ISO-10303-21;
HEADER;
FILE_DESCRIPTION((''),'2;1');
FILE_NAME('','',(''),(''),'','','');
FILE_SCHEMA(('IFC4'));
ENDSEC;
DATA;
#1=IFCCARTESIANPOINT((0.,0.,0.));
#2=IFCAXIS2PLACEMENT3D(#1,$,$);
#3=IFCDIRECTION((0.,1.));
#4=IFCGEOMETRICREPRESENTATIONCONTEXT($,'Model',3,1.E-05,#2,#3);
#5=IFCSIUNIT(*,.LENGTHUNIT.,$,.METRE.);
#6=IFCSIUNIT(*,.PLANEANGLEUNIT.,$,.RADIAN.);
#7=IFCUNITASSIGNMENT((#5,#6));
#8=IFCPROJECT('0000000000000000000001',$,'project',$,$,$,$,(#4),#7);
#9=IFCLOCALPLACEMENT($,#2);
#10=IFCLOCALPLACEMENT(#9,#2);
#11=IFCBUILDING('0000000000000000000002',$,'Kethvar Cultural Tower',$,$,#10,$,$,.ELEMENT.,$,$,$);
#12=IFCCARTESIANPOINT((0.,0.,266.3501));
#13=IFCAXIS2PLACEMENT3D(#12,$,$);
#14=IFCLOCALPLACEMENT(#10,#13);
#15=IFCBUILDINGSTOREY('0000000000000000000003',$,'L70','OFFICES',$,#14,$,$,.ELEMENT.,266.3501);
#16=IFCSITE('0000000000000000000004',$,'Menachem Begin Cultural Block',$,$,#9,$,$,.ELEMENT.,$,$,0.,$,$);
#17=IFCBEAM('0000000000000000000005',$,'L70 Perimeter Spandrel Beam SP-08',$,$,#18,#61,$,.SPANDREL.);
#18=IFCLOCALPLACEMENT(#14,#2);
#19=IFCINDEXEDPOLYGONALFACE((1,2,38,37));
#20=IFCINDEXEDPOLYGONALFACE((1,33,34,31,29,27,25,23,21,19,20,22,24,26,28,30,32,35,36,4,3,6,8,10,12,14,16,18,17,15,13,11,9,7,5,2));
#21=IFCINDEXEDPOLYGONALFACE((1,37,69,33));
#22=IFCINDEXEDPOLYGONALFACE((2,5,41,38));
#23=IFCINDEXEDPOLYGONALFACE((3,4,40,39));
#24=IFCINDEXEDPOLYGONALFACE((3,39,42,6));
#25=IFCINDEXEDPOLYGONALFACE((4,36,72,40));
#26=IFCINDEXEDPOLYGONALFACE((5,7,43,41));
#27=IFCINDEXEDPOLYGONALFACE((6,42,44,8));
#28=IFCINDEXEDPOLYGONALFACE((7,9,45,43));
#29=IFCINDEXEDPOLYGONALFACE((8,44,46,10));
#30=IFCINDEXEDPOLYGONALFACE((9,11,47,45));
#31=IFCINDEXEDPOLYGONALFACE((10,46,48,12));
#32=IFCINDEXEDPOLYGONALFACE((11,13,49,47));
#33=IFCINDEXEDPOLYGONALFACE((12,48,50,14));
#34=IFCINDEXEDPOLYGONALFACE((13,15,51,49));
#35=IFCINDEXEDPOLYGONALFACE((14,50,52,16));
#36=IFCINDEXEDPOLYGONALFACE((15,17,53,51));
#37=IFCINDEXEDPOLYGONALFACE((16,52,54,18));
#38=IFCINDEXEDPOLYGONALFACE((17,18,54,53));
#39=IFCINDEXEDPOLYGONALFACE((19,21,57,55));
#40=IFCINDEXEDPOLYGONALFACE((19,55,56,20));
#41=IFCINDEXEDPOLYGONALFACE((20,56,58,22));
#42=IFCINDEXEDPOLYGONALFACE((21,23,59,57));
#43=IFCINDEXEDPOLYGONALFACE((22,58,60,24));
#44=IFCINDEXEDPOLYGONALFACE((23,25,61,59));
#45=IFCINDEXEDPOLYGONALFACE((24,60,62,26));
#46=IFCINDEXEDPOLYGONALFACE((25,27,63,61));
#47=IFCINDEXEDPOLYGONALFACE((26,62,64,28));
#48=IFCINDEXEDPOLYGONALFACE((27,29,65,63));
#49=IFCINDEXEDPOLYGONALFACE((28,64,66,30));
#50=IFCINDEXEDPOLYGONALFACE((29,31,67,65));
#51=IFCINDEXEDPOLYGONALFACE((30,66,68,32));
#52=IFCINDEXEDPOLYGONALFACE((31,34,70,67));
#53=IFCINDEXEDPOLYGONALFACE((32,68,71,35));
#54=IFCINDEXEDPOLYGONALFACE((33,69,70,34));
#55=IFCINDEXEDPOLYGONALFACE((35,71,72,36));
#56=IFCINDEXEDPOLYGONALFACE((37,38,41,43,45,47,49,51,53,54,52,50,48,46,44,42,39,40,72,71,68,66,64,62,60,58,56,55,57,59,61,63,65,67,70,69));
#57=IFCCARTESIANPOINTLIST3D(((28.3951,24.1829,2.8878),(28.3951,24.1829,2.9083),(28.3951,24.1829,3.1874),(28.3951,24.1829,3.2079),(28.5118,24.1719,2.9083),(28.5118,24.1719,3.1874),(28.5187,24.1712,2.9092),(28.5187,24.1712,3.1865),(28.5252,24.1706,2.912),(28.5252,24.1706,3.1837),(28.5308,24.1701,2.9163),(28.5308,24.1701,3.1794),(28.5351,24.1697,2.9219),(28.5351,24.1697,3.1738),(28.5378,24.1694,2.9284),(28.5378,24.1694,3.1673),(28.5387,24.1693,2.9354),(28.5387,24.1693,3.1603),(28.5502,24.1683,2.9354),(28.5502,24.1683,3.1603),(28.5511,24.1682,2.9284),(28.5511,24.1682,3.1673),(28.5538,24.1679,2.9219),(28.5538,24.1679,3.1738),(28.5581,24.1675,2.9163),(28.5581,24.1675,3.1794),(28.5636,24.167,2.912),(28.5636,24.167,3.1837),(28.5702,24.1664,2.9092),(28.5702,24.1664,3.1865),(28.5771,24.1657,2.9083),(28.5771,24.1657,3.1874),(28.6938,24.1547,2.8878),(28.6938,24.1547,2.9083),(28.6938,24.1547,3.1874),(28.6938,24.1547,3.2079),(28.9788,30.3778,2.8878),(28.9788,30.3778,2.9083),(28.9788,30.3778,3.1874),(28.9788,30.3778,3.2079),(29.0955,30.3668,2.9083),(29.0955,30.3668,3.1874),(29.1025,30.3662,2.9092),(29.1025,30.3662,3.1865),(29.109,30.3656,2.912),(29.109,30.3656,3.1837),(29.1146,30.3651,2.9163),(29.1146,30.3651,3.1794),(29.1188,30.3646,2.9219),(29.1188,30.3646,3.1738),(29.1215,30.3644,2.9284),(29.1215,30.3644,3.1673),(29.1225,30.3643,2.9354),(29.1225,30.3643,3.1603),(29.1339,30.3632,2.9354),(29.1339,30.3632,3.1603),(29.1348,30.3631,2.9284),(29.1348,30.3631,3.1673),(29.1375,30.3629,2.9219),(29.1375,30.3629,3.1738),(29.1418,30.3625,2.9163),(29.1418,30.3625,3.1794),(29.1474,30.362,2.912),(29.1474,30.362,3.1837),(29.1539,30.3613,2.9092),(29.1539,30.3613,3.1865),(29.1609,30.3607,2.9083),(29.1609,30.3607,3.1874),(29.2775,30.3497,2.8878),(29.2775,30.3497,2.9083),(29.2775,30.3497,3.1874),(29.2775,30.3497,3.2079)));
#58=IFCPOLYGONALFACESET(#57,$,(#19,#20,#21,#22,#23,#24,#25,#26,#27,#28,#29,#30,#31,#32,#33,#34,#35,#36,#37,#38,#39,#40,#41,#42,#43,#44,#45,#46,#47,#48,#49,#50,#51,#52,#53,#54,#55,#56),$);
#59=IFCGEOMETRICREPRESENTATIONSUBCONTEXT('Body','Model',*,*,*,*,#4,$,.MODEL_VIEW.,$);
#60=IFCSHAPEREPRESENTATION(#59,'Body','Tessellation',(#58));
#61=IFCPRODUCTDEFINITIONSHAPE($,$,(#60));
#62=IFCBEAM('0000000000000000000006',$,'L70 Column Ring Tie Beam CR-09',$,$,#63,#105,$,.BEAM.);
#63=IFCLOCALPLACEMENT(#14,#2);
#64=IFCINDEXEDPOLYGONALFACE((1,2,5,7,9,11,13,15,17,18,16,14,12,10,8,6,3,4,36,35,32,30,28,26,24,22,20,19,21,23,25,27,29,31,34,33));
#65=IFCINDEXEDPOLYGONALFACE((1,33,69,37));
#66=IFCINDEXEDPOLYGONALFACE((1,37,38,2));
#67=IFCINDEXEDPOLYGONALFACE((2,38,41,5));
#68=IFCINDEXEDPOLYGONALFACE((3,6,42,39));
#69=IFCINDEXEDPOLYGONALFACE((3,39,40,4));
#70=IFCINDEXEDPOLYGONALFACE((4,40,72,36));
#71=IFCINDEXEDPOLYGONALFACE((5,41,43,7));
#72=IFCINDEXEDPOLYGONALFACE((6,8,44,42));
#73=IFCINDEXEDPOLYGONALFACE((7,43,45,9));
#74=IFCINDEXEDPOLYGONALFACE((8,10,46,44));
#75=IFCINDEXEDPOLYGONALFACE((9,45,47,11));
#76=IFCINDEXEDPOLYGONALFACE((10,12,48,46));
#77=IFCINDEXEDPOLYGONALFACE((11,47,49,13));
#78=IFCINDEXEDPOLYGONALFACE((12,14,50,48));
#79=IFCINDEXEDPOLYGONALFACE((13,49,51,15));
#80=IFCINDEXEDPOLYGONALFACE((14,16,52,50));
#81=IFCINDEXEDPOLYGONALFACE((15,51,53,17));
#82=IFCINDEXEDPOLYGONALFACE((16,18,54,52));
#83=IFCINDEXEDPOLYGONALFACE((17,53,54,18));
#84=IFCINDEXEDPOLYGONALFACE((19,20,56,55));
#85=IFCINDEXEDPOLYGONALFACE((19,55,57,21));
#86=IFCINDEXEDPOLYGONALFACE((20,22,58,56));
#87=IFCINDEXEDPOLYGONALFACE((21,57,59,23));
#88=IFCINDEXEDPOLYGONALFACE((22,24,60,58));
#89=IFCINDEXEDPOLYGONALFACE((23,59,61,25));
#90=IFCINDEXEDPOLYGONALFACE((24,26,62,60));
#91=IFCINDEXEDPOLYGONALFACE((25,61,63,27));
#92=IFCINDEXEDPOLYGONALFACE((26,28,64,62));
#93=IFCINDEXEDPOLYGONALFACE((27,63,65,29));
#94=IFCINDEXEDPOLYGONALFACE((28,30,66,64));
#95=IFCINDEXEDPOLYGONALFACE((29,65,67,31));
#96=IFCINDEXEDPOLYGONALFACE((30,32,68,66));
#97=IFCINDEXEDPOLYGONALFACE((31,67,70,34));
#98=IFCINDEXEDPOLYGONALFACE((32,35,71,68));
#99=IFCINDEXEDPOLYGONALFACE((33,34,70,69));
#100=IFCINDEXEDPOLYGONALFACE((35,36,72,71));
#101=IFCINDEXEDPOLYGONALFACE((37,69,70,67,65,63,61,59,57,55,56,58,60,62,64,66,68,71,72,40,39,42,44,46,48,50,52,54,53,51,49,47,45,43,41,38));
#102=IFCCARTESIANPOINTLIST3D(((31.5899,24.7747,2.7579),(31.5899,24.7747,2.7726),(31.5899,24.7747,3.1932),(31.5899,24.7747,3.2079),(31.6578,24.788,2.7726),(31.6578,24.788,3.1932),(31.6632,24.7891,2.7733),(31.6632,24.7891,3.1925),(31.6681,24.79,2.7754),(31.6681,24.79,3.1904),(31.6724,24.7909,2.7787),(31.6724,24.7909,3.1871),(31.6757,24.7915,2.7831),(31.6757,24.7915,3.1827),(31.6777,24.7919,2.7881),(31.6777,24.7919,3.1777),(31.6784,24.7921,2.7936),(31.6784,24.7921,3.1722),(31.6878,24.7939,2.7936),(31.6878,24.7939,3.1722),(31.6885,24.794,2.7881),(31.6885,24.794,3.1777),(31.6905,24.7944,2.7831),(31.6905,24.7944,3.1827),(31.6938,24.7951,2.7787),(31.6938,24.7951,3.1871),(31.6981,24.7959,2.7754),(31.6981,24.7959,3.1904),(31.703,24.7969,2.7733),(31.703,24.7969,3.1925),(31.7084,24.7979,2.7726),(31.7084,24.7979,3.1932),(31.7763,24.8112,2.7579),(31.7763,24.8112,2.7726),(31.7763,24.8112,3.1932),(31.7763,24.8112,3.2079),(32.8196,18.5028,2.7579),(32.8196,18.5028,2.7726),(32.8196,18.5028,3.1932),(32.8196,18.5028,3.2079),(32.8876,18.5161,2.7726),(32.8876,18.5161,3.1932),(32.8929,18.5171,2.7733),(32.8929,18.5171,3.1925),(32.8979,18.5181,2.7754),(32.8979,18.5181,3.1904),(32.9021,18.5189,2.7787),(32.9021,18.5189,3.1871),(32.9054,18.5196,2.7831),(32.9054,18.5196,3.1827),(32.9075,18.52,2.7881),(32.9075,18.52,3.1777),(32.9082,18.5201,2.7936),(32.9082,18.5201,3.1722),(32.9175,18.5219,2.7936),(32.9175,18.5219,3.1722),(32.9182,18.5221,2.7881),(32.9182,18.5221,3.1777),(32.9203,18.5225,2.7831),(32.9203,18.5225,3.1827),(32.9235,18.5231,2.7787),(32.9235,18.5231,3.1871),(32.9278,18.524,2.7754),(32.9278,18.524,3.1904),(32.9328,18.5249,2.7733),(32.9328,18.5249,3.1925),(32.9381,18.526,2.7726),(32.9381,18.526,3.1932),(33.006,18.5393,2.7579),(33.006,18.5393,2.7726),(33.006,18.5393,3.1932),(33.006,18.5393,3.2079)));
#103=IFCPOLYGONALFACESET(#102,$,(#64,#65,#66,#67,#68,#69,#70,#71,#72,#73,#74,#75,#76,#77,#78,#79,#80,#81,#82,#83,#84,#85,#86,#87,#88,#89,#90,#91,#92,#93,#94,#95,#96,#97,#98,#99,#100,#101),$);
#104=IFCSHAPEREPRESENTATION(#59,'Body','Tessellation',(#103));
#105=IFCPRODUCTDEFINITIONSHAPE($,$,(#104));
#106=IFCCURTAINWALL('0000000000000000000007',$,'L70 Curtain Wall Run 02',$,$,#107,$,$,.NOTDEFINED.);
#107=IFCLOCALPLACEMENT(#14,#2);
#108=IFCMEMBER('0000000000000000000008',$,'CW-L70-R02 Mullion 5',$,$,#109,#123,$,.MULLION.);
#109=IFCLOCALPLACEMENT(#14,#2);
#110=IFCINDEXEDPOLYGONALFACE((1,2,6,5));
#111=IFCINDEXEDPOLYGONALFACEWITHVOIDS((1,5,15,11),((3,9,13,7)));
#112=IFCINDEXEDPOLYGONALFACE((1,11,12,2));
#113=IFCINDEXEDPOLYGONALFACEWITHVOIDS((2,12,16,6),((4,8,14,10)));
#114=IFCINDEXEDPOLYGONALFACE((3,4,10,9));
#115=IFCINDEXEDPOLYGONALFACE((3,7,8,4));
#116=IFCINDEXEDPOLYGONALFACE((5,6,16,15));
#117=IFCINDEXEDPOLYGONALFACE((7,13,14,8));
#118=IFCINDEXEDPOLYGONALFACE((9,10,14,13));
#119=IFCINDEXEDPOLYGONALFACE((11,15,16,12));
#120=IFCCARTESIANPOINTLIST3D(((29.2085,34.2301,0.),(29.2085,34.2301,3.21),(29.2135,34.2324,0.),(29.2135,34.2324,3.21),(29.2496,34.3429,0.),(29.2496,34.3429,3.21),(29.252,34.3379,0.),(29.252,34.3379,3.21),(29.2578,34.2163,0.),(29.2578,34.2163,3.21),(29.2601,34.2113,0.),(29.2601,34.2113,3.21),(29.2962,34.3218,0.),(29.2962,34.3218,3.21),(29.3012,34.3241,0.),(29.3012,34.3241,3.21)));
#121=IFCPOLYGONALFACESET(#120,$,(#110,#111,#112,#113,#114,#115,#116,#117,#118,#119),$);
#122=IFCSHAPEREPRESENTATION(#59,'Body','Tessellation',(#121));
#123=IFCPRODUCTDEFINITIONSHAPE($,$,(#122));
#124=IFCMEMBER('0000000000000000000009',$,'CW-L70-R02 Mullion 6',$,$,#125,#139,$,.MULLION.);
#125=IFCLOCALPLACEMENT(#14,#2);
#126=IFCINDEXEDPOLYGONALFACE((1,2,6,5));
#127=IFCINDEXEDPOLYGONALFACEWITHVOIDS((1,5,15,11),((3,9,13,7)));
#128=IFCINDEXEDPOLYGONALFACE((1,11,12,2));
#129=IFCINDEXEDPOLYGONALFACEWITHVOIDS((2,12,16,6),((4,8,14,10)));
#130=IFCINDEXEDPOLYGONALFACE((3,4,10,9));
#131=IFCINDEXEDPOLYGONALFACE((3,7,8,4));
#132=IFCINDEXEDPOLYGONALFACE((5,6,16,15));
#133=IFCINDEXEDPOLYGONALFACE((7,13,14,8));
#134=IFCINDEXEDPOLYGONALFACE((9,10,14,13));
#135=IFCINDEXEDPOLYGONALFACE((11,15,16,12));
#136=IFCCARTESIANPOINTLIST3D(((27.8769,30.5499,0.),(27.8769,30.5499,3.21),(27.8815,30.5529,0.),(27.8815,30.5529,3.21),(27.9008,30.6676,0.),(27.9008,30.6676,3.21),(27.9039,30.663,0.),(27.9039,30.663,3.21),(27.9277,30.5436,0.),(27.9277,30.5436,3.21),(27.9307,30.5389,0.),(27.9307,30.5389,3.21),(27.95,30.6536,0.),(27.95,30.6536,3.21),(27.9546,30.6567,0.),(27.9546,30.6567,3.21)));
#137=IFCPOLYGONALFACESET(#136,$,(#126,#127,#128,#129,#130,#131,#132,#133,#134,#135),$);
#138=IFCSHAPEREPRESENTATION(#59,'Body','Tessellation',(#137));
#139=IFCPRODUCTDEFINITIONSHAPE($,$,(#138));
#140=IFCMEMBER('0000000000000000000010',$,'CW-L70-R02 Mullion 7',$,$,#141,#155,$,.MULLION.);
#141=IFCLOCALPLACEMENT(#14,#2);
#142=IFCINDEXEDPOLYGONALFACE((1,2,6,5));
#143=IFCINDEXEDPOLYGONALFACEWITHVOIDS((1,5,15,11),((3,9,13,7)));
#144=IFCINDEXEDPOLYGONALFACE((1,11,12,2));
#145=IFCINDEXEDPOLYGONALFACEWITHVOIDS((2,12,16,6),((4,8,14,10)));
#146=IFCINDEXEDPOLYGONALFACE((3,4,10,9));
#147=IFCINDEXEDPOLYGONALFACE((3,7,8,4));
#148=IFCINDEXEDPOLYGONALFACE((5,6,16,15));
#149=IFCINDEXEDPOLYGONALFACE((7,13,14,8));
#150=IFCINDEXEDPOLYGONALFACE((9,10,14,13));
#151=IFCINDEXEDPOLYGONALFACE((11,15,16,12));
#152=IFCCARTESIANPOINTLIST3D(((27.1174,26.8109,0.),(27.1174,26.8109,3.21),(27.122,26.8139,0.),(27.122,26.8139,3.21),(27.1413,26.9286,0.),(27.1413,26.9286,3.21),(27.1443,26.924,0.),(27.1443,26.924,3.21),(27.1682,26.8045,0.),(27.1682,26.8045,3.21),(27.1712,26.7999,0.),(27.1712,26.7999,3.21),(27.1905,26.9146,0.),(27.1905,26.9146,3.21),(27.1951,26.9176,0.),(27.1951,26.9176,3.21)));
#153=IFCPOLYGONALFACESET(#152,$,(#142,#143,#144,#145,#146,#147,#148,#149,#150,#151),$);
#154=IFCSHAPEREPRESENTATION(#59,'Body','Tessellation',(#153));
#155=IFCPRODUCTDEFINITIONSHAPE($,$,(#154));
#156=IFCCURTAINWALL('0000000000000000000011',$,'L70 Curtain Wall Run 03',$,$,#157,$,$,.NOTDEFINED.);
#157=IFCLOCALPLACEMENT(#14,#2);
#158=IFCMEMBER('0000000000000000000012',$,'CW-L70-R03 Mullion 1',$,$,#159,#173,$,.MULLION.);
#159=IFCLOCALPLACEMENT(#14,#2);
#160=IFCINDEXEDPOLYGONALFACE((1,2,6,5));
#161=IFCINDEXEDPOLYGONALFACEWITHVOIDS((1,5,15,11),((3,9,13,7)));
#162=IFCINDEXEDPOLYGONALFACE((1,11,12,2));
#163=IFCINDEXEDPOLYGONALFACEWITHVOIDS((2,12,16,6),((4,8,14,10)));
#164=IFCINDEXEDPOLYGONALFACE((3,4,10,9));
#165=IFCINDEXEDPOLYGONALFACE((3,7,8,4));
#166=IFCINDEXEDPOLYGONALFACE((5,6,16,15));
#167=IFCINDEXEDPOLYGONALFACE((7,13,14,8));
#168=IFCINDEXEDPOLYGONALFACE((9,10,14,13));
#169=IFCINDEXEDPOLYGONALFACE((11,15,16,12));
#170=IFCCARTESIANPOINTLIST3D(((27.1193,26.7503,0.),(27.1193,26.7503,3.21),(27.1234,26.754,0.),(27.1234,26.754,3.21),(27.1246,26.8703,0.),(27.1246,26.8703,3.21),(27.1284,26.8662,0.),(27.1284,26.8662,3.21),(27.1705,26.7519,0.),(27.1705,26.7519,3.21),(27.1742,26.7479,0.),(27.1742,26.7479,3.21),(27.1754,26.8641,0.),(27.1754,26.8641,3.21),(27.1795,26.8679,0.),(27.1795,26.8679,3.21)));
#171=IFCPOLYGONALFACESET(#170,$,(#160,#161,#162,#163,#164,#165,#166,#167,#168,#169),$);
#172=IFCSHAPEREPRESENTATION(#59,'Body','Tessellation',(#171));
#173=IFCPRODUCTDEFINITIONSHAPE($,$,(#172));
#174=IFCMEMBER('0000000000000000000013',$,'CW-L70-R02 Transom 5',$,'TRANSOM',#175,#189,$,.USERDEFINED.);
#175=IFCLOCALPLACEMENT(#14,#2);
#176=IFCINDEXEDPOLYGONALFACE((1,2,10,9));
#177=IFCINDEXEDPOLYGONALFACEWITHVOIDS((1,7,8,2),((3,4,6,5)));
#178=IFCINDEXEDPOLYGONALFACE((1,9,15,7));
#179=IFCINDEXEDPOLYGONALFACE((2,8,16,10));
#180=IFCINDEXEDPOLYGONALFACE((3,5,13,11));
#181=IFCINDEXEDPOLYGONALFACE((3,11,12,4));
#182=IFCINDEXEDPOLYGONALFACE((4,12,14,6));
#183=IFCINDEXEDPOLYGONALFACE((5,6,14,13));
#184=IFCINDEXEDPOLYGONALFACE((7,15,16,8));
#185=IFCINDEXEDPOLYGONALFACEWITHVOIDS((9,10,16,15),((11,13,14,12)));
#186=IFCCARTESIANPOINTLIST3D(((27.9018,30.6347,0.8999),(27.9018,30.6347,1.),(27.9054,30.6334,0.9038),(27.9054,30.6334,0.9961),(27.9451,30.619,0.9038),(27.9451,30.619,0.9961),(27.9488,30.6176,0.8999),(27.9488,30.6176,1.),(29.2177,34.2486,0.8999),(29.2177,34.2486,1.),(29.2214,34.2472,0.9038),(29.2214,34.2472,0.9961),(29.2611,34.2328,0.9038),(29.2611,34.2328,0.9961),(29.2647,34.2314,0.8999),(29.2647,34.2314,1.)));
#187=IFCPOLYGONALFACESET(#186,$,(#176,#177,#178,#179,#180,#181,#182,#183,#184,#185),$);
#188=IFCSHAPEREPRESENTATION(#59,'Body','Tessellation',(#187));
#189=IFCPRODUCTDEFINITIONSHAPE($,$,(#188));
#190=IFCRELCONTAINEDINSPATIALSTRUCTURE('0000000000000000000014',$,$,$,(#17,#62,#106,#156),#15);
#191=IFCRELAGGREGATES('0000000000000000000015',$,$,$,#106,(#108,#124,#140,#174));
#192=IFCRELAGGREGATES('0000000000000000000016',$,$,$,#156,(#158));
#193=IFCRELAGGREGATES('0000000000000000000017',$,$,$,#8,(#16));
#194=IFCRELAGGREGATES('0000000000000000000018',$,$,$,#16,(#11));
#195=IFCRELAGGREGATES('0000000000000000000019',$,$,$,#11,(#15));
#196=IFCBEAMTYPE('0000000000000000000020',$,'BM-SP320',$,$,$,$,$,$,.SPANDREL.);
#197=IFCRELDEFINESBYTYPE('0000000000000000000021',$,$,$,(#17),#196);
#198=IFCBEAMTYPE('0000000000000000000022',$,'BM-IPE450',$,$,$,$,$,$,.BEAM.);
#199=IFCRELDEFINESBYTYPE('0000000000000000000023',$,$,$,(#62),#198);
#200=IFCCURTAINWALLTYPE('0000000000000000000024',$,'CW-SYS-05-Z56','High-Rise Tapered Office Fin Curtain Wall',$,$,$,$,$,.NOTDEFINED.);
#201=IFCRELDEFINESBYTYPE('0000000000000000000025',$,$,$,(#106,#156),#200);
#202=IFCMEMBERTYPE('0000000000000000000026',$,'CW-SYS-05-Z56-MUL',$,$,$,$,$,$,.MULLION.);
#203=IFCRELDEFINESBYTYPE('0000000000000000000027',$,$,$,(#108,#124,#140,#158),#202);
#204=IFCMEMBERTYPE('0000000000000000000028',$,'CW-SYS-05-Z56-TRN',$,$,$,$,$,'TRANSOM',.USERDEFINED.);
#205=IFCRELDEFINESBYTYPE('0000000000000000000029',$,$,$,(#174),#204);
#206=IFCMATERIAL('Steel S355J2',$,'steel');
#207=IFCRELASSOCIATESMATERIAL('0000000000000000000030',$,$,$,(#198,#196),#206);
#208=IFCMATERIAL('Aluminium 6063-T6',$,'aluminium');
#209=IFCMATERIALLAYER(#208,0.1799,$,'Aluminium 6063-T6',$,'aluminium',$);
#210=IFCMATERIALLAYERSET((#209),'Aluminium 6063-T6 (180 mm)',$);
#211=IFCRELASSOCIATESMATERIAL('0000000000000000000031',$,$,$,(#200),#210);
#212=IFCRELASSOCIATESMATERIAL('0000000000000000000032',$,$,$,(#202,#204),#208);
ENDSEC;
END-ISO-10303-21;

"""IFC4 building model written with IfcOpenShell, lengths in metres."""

from ifc_helpers import new_model, si_unit, direction, frame, origin, origin_2d, place, context, subcontext, project, spatial, hollow_rectangle, i_section, extrude, source, transform, mapped, material, layer, layer_set, material_profile, profile_set, type_object, element, aggregate, save


model = new_model("IFC4")

# Units and contexts
model_context = context("Model", 3, precision=1e-05, world=origin(), true_north=direction((0.0, 1.0)))
body_context = subcontext(model_context, "Body", "Model", "MODEL_VIEW")
ifc_project = project(units=[si_unit("LENGTHUNIT", "METRE"), si_unit("PLANEANGLEUNIT", "RADIAN")], contexts=[model_context])

# Site, building, storey
site_placement = place(None, origin())
site = spatial("IfcSite", under=ifc_project, at=site_placement, Name="Menachem Begin Cultural Block", CompositionType="ELEMENT", RefElevation=0.0)
building_placement = place(site_placement, origin())
building = spatial("IfcBuilding", under=site, at=building_placement, Name="Kethvar Cultural Tower", CompositionType="ELEMENT")
storey_placement = place(building_placement, frame((0.0, 0.0, 266.3501)))
storey = spatial("IfcBuildingStorey", under=building, at=storey_placement, Name="L70", Description="OFFICES", CompositionType="ELEMENT", Elevation=266.3501)

# Shared definitions
ifc_material_1 = material(Name="Steel S355J2", Category="steel")

# Beams
ifc_material_profile_1 = material_profile(ifc_material_1, i_section(OverallWidth=0.1899, OverallDepth=0.45, WebThickness=0.0095, FlangeThickness=0.0146, FilletRadius=0.021, at=origin_2d()), Name="Steel S355J2 — IPE450")
ifc_profile_set_1 = profile_set([ifc_material_profile_1], Name="Steel S355J2 — IPE450")
beam_type_1 = type_object("IfcBeamType", Name="BM-IPE450", PredefinedType="BEAM", material=ifc_profile_set_1)
ifc_material_profile_2 = material_profile(ifc_material_1, i_section(OverallWidth=0.3, OverallDepth=0.3201, WebThickness=0.0115, FlangeThickness=0.0205, FilletRadius=0.0271, at=origin_2d()), Name="Steel S355J2 — HEB320")
ifc_profile_set_2 = profile_set([ifc_material_profile_2], Name="Steel S355J2 — HEB320")
beam_type_2 = type_object("IfcBeamType", Name="BM-SP320", PredefinedType="SPANDREL", material=ifc_profile_set_2)
shared_shape_1 = source(origin(), body_context, "Body", "SweptSolid", [
    extrude(i_section(OverallWidth=0.3, OverallDepth=0.3201, WebThickness=0.0115, FlangeThickness=0.0205, FilletRadius=0.0271, at=origin_2d()), origin(), (0.0, 0.0, 1.0), 6.2224),
])
beam_1_placement = place(storey_placement, frame((29.1282, 30.3638, 3.0479), z_axis=(-0.093811, -0.99559, 0.0), x_axis=(0.99559, -0.093811, 0.0)))
element("IfcBeam", 1, at=beam_1_placement, inside=storey, type_object=beam_type_2, Name="L70 Perimeter Spandrel Beam SP-08", PredefinedType="SPANDREL", context=body_context, shape_type="MappedRepresentation", body=[
    mapped(shared_shape_1, transform((0.0, 0.0, 0.0), scale=1.0)),
])
shared_shape_2 = source(origin(), body_context, "Body", "SweptSolid", [
    extrude(i_section(OverallWidth=0.1899, OverallDepth=0.45, WebThickness=0.0095, FlangeThickness=0.0146, FilletRadius=0.021, at=origin_2d()), origin(), (0.0, 0.0, 1.0), 6.3914),
])
beam_2_placement = place(storey_placement, frame((31.6831, 24.793, 2.9829), z_axis=(0.192405, -0.981316, 0.0), x_axis=(0.981316, 0.192405, 0.0)))
element("IfcBeam", 2, at=beam_2_placement, inside=storey, type_object=beam_type_1, Name="L70 Column Ring Tie Beam CR-09", PredefinedType="BEAM", context=body_context, shape_type="MappedRepresentation", body=[
    mapped(shared_shape_2, transform((0.0, 0.0, 0.0), scale=1.0)),
])

# Curtain wall, members
ifc_material_2 = material(Name="Aluminium 6063-T6", Category="aluminium")
ifc_layer_1 = layer(ifc_material_2, 0.1799, Name="Aluminium 6063-T6", Category="aluminium")
ifc_layer_set_1 = layer_set([ifc_layer_1], Name="Aluminium 6063-T6 (180 mm)")
curtain_wall_type = type_object("IfcCurtainWallType", Name="CW-SYS-05-Z56", Description="High-Rise Tapered Office Fin Curtain Wall", PredefinedType="NOTDEFINED", material=ifc_layer_set_1)
curtain_wall_1_placement = place(storey_placement, origin())
curtain_wall_1 = element("IfcCurtainWall", 3, at=curtain_wall_1_placement, inside=storey, type_object=curtain_wall_type, Name="L70 Curtain Wall Run 02", PredefinedType="NOTDEFINED")
ifc_material_profile_3 = material_profile(ifc_material_2, hollow_rectangle(XDim=0.0549, YDim=0.1201, WallThickness=0.0039, at=origin_2d()), Name="Aluminium 6063-T6 — RHS120x55x4")
ifc_profile_set_3 = profile_set([ifc_material_profile_3], Name="Aluminium 6063-T6 — RHS120x55x4")
member_type_1 = type_object("IfcMemberType", Name="CW-SYS-05-Z56-MUL", PredefinedType="MULLION", material=ifc_profile_set_3)
shared_shape_3 = source(origin(), body_context, "Body", "SweptSolid", [
    extrude(hollow_rectangle(XDim=0.0549, YDim=0.1201, WallThickness=0.0039, at=origin_2d()), origin(), (0.0, 0.0, 1.0), 3.21),
])
member_1_placement = place(storey_placement, frame((29.2549, 34.2771, 0.0), z_axis=(0.0, 0.0, 1.0), x_axis=(0.939621, -0.342217, 0.0)))
member_1 = element("IfcMember", 4, at=member_1_placement, type_object=member_type_1, Name="CW-L70-R02 Mullion 5", PredefinedType="MULLION", context=body_context, shape_type="MappedRepresentation", body=[
    mapped(shared_shape_3, transform((0.0, 0.0, 0.0), scale=1.0)),
])
member_2_placement = place(storey_placement, frame((27.9158, 30.6033, 0.0), z_axis=(0.0, 0.0, 1.0), x_axis=(0.979991, -0.199043, 0.0)))
member_2 = element("IfcMember", 5, at=member_2_placement, type_object=member_type_1, Name="CW-L70-R02 Mullion 6", PredefinedType="MULLION", context=body_context, shape_type="MappedRepresentation", body=[
    mapped(shared_shape_3, transform((0.0, 0.0, 0.0), scale=1.0)),
])
member_3_placement = place(storey_placement, frame((27.1562, 26.8643, 0.0), z_axis=(0.0, 0.0, 1.0), x_axis=(0.979991, -0.199043, 0.0)))
member_3 = element("IfcMember", 6, at=member_3_placement, type_object=member_type_1, Name="CW-L70-R02 Mullion 7", PredefinedType="MULLION", context=body_context, shape_type="MappedRepresentation", body=[
    mapped(shared_shape_3, transform((0.0, 0.0, 0.0), scale=1.0)),
])

# Curtain wall, member
curtain_wall_2_placement = place(storey_placement, origin())
curtain_wall_2 = element("IfcCurtainWall", 7, at=curtain_wall_2_placement, inside=storey, type_object=curtain_wall_type, Name="L70 Curtain Wall Run 03", PredefinedType="NOTDEFINED")
member_4_placement = place(storey_placement, frame((27.1494, 26.8091, 0.0), z_axis=(0.0, 0.0, 1.0), x_axis=(0.999015, -0.044369, 0.0)))
member_4 = element("IfcMember", 8, at=member_4_placement, type_object=member_type_1, Name="CW-L70-R03 Mullion 1", PredefinedType="MULLION", context=body_context, shape_type="MappedRepresentation", body=[
    mapped(shared_shape_3, transform((0.0, 0.0, 0.0), scale=1.0)),
])

# Member
ifc_material_profile_4 = material_profile(ifc_material_2, hollow_rectangle(XDim=0.05, YDim=0.1001, WallThickness=0.0039, at=origin_2d()), Name="Aluminium 6063-T6 — RHS100x50x4")
ifc_profile_set_4 = profile_set([ifc_material_profile_4], Name="Aluminium 6063-T6 — RHS100x50x4")
member_type_2 = type_object("IfcMemberType", Name="CW-SYS-05-Z56-TRN", ElementType="TRANSOM", PredefinedType="USERDEFINED", material=ifc_profile_set_4)
shared_shape_4 = source(origin(), body_context, "Body", "SweptSolid", [
    extrude(hollow_rectangle(XDim=0.05, YDim=0.1001, WallThickness=0.0039, at=origin_2d()), origin(), (0.0, 0.0, 1.0), 3.8459),
])
member_5_placement = place(storey_placement, frame((29.2412, 34.24, 0.95), z_axis=(-0.342161, -0.939641, 0.0), x_axis=(0.939641, -0.342161, 0.0)))
member_5 = element("IfcMember", 9, at=member_5_placement, type_object=member_type_2, Name="CW-L70-R02 Transom 5", ObjectType="TRANSOM", PredefinedType="USERDEFINED", context=body_context, shape_type="MappedRepresentation", body=[
    mapped(shared_shape_4, transform((0.0, 0.0, 0.0), scale=1.0)),
])

aggregate(curtain_wall_1, [member_1, member_2, member_3, member_5])
aggregate(curtain_wall_2, [member_4])

save(model, "model.ifc")
